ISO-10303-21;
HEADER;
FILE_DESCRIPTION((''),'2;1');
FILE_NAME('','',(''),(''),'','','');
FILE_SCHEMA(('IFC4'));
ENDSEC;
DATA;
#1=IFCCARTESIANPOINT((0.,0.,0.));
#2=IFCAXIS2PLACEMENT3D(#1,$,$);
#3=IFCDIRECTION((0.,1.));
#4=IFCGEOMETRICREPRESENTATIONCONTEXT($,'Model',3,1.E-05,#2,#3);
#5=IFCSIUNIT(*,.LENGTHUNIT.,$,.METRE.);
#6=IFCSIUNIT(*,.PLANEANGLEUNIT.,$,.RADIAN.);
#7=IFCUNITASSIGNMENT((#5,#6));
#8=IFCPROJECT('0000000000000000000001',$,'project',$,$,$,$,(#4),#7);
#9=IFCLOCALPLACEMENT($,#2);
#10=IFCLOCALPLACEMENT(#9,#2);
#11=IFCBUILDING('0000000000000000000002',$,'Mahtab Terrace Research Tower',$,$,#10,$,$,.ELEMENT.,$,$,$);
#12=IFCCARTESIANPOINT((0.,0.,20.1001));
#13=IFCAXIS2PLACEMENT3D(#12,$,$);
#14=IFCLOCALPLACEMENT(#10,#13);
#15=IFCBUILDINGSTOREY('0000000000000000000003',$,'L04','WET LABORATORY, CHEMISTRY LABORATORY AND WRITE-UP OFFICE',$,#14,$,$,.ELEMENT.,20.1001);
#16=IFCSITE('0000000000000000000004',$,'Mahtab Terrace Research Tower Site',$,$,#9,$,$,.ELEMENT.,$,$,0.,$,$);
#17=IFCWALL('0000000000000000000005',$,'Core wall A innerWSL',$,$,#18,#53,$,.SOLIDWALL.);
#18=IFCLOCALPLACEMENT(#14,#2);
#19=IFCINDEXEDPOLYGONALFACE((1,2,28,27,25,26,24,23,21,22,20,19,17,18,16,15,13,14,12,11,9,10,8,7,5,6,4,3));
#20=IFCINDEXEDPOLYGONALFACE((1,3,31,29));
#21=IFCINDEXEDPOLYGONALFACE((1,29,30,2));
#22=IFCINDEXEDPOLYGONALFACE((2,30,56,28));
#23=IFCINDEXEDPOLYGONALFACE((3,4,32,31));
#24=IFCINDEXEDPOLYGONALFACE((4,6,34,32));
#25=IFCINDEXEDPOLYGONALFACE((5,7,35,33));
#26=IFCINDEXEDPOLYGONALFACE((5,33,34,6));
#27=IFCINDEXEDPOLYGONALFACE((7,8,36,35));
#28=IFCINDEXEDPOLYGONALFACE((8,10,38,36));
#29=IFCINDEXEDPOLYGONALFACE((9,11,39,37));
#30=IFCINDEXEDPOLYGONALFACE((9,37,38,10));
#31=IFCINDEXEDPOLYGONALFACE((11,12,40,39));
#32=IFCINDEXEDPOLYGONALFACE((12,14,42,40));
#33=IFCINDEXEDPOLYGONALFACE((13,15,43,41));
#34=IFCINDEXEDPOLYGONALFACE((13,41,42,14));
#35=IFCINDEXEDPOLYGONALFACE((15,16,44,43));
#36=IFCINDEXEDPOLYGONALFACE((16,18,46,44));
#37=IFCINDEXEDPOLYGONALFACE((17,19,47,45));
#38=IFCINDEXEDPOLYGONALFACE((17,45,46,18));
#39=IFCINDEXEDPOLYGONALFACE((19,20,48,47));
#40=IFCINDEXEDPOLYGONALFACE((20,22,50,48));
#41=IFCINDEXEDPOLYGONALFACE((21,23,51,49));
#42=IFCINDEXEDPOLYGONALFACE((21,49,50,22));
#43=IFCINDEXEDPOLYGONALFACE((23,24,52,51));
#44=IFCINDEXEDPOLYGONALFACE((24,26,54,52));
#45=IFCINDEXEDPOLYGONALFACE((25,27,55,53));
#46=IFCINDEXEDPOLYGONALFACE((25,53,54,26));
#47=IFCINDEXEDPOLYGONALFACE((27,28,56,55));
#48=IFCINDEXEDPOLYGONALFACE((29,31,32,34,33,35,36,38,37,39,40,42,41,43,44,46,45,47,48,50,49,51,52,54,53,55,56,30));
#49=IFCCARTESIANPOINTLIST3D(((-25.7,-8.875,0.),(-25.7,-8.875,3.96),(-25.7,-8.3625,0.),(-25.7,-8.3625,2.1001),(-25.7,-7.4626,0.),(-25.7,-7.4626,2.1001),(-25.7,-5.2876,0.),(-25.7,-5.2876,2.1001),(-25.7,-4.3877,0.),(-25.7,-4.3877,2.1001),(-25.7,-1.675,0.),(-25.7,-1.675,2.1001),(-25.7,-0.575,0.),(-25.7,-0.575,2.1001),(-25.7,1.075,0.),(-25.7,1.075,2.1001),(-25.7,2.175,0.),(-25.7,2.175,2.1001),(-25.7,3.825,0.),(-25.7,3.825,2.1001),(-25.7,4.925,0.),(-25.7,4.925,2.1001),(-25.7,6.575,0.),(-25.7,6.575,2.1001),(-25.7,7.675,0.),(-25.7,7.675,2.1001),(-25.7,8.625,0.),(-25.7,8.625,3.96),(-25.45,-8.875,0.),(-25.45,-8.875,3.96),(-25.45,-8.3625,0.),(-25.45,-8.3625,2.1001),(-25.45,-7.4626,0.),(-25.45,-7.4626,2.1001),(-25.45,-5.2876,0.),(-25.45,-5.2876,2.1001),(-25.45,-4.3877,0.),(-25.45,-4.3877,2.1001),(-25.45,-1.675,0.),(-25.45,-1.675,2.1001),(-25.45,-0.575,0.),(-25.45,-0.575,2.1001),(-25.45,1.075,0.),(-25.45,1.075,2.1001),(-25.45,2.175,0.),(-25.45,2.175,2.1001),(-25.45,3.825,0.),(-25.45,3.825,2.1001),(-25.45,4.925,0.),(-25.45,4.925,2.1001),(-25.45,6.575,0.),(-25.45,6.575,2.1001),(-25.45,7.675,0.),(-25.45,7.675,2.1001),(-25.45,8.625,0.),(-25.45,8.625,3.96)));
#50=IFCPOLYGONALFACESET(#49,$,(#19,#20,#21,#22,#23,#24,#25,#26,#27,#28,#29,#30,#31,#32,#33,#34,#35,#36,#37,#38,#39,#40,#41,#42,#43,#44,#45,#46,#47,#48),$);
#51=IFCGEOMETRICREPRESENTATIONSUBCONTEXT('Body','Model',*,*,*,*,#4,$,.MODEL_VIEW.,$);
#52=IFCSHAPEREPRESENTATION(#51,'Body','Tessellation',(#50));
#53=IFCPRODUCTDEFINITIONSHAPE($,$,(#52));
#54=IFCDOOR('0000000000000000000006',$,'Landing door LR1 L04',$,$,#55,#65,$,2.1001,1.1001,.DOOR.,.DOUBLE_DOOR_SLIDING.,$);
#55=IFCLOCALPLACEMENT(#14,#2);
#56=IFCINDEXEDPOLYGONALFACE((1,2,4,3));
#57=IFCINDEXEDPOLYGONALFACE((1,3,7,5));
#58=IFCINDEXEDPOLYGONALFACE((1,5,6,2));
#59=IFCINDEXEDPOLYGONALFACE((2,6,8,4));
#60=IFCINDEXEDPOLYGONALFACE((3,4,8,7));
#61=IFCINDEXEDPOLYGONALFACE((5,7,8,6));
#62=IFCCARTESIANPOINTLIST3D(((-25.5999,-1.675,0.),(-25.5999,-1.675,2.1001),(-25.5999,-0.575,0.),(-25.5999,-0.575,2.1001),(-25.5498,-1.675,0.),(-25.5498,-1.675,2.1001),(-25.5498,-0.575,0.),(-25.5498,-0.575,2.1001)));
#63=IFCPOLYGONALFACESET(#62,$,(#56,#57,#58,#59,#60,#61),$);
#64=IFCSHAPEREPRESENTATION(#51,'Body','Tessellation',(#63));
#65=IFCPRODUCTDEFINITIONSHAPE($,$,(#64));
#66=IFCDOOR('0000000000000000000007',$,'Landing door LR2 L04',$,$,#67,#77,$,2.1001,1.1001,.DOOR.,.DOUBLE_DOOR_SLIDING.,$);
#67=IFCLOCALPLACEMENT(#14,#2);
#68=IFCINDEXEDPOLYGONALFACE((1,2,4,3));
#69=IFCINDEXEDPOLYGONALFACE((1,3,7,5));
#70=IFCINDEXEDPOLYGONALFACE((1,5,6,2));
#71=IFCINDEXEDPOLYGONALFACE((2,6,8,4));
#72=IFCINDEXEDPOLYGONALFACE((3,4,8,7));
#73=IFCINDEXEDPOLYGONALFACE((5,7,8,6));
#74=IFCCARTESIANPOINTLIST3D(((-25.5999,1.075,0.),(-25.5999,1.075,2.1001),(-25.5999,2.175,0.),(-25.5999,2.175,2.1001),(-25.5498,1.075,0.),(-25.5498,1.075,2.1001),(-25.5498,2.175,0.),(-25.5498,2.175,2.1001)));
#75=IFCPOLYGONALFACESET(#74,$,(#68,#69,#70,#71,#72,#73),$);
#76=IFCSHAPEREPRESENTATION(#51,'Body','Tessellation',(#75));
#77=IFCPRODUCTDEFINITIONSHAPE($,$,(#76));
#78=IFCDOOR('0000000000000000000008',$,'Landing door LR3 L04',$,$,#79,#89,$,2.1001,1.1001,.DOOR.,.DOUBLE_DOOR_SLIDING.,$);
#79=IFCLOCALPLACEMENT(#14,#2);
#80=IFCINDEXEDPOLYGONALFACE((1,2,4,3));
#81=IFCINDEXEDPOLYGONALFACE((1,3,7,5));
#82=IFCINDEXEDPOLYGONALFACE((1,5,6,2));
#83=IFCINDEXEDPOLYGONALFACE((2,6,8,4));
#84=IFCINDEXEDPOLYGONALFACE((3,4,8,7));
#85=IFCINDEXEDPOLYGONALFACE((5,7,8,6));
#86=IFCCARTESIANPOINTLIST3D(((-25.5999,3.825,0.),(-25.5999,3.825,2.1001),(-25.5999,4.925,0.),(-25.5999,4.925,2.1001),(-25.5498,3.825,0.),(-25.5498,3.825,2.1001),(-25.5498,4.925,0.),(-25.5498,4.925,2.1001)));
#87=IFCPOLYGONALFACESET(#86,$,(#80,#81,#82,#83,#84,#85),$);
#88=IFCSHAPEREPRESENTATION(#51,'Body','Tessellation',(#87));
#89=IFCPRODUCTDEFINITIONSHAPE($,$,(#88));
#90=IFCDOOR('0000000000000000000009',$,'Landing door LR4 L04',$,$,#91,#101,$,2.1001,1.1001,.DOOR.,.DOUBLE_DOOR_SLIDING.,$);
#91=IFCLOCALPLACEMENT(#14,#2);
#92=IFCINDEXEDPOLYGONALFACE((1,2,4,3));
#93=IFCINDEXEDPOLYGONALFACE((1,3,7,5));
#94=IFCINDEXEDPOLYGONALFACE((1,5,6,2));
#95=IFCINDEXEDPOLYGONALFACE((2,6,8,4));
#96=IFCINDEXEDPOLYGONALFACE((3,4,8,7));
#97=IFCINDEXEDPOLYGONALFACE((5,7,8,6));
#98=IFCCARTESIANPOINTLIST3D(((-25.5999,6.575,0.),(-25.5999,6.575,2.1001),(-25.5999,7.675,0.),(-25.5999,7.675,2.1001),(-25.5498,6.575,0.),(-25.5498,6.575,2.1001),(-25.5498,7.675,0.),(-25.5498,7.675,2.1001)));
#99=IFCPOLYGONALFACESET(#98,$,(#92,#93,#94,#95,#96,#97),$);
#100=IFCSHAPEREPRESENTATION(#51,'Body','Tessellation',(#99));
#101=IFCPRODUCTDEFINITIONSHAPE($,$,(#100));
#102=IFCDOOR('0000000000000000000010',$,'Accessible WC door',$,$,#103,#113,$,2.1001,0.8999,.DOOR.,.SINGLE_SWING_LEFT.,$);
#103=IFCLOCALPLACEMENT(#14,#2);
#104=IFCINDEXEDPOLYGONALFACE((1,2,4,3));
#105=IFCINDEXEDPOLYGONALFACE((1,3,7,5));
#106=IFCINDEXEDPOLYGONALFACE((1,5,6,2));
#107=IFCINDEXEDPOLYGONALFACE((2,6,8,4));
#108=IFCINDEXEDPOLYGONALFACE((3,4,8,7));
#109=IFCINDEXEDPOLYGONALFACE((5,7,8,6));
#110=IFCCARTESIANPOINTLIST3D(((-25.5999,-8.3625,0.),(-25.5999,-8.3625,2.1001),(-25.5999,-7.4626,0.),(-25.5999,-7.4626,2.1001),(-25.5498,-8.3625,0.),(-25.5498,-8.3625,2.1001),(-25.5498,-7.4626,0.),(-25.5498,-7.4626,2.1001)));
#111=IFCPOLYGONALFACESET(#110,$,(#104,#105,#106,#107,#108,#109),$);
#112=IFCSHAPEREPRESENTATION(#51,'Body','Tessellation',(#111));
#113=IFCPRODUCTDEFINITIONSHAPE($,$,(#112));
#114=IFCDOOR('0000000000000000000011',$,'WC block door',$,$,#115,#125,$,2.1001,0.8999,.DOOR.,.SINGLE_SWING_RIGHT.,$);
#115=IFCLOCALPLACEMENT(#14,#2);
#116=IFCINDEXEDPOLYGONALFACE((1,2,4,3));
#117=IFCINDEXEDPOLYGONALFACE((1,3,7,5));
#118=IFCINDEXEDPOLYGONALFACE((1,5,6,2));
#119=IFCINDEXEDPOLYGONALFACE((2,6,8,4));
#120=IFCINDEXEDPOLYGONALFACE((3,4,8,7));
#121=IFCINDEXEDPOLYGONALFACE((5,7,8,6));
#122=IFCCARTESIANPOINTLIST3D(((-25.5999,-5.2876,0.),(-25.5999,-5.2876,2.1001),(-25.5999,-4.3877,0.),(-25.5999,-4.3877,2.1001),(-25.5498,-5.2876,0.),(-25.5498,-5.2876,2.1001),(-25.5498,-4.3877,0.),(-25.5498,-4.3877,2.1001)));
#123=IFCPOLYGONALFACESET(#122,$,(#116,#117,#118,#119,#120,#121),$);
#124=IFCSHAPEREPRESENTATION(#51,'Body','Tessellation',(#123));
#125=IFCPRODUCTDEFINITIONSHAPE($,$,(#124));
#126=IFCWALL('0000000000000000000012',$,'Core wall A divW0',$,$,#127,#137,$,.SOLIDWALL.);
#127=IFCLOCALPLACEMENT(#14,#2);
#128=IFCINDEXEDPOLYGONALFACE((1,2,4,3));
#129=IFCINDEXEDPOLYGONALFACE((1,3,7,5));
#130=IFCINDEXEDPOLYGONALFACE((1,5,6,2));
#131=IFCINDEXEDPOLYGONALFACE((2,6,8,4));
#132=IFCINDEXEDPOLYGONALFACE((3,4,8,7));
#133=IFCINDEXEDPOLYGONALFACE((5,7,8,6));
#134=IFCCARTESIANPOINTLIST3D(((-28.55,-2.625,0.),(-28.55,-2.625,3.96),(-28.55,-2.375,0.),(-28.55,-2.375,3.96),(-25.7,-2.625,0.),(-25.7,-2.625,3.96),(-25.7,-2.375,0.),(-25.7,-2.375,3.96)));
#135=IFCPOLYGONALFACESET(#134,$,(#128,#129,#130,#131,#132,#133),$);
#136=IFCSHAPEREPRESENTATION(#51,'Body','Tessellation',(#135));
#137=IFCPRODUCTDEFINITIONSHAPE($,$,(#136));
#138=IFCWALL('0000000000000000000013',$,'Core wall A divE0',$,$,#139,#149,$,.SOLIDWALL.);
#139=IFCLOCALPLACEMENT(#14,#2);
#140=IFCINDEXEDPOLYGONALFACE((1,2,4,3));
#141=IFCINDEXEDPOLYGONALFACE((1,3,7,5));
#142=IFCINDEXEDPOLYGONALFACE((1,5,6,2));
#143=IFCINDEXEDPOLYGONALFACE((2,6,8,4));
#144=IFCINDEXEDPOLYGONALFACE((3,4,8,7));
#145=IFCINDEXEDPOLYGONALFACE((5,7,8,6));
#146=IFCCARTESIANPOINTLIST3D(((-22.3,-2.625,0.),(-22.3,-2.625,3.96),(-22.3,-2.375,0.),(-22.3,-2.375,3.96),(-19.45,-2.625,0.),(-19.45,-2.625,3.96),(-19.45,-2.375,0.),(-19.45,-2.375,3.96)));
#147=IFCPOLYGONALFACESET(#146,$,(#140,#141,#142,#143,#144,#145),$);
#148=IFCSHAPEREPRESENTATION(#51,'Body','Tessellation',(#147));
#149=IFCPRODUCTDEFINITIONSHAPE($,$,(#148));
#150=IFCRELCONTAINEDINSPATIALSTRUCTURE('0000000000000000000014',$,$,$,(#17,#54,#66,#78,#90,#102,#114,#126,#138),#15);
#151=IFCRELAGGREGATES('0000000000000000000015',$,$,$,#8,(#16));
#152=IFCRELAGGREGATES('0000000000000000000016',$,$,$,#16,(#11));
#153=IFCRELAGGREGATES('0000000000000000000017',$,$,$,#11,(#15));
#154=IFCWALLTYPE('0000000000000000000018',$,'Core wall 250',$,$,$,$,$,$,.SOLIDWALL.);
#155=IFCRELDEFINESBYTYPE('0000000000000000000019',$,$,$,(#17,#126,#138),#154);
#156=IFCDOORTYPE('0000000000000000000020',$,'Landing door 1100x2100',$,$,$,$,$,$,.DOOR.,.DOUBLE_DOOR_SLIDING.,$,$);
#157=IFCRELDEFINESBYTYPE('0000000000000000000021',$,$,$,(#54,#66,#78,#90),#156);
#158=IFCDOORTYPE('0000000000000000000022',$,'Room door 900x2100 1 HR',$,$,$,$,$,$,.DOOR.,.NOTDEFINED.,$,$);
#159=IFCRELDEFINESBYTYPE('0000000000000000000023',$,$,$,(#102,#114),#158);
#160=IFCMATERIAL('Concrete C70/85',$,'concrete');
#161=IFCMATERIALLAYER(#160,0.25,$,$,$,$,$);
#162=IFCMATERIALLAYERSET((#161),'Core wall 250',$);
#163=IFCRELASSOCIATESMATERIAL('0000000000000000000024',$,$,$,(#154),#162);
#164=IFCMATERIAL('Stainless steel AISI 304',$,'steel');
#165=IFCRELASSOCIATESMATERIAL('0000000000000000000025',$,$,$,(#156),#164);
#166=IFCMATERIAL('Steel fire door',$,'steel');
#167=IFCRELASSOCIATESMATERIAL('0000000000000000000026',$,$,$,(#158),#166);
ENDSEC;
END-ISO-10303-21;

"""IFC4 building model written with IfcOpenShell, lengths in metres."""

from ifc_helpers import new_model, si_unit, direction, frame, frame_2d, origin, place, context, subcontext, project, spatial, rectangle, extrude, material, layer, layer_set, type_object, element, fill, save


model = new_model("IFC4")

# Units and contexts
model_context = context("Model", 3, precision=1e-05, world=origin(), true_north=direction((0.0, 1.0)))
body_context = subcontext(model_context, "Body", "Model", "MODEL_VIEW")
ifc_project = project(units=[si_unit("LENGTHUNIT", "METRE"), si_unit("PLANEANGLEUNIT", "RADIAN")], contexts=[model_context])

# Site, building, storey
site_placement = place(None, origin())
site = spatial("IfcSite", under=ifc_project, at=site_placement, Name="Mahtab Terrace Research Tower Site", CompositionType="ELEMENT", RefElevation=0.0)
building_placement = place(site_placement, origin())
building = spatial("IfcBuilding", under=site, at=building_placement, Name="Mahtab Terrace Research Tower", CompositionType="ELEMENT")
storey_placement = place(building_placement, frame((0.0, 0.0, 20.1001)))
storey = spatial("IfcBuildingStorey", under=building, at=storey_placement, Name="L04", Description="WET LABORATORY, CHEMISTRY LABORATORY AND WRITE-UP OFFICE", CompositionType="ELEMENT", Elevation=20.1001)

# Shared definitions
ifc_material_1 = material(Name="Concrete C70/85", Category="concrete")

# Shared definitions
ifc_layer_1 = layer(ifc_material_1, 0.25)
ifc_layer_set_1 = layer_set([ifc_layer_1], Name="Core wall 250")
wall_type_1 = type_object("IfcWallType", Name="Core wall 250", PredefinedType="SOLIDWALL", material=ifc_layer_set_1)
ifc_material_2 = material(Name="Steel fire door", Category="steel")

# Wall, openings, doors
wall_1_placement = place(storey_placement, frame((-25.575, -8.875, 0.0), z_axis=(0.0, 0.0, 1.0), x_axis=(0.0, 1.0, 0.0)))
wall_1 = element("IfcWall", 1, at=wall_1_placement, inside=storey, type_object=wall_type_1, Name="Core wall A innerWSL", PredefinedType="SOLIDWALL", context=body_context, shape_type="SweptSolid", body=[
    extrude(rectangle(XDim=17.5, YDim=0.25, at=frame_2d((8.75, 0.0))), origin(), (0.0, 0.0, 1.0), 3.96),
])
opening_1_placement = place(wall_1_placement, frame((7.2, 0.0, 0.0)))
opening_1 = element("IfcOpeningElement", 2, at=opening_1_placement, cuts=wall_1, PredefinedType="OPENING", context=body_context, shape_type="SweptSolid", body=[
    extrude(rectangle(XDim=1.1001, YDim=2.1001, at=frame_2d((0.55, 1.05))), frame((0.0, 0.135, 0.0), z_axis=(0.0, -1.0, 0.0), x_axis=(1.0, 0.0, 0.0)), (0.0, 0.0, 1.0), 0.27),
])
opening_2_placement = place(wall_1_placement, frame((9.95, 0.0, 0.0)))
opening_2 = element("IfcOpeningElement", 3, at=opening_2_placement, cuts=wall_1, PredefinedType="OPENING", context=body_context, shape_type="SweptSolid", body=[
    extrude(rectangle(XDim=1.1001, YDim=2.1001, at=frame_2d((0.55, 1.05))), frame((0.0, 0.135, 0.0), z_axis=(0.0, -1.0, 0.0), x_axis=(1.0, 0.0, 0.0)), (0.0, 0.0, 1.0), 0.27),
])
opening_3_placement = place(wall_1_placement, frame((12.7, 0.0, 0.0)))
opening_3 = element("IfcOpeningElement", 4, at=opening_3_placement, cuts=wall_1, PredefinedType="OPENING", context=body_context, shape_type="SweptSolid", body=[
    extrude(rectangle(XDim=1.1001, YDim=2.1001, at=frame_2d((0.55, 1.05))), frame((0.0, 0.135, 0.0), z_axis=(0.0, -1.0, 0.0), x_axis=(1.0, 0.0, 0.0)), (0.0, 0.0, 1.0), 0.27),
])
opening_4_placement = place(wall_1_placement, frame((15.45, 0.0, 0.0)))
opening_4 = element("IfcOpeningElement", 5, at=opening_4_placement, cuts=wall_1, PredefinedType="OPENING", context=body_context, shape_type="SweptSolid", body=[
    extrude(rectangle(XDim=1.1001, YDim=2.1001, at=frame_2d((0.55, 1.05))), frame((0.0, 0.135, 0.0), z_axis=(0.0, -1.0, 0.0), x_axis=(1.0, 0.0, 0.0)), (0.0, 0.0, 1.0), 0.27),
])
opening_5_placement = place(wall_1_placement, frame((0.5125, 0.0, 0.0)))
opening_5 = element("IfcOpeningElement", 6, at=opening_5_placement, cuts=wall_1, PredefinedType="OPENING", context=body_context, shape_type="SweptSolid", body=[
    extrude(rectangle(XDim=0.8999, YDim=2.1001, at=frame_2d((0.45, 1.05))), frame((0.0, 0.135, 0.0), z_axis=(0.0, -1.0, 0.0), x_axis=(1.0, 0.0, 0.0)), (0.0, 0.0, 1.0), 0.27),
])
opening_6_placement = place(wall_1_placement, frame((3.5874, 0.0, 0.0)))
opening_6 = element("IfcOpeningElement", 7, at=opening_6_placement, cuts=wall_1, PredefinedType="OPENING", context=body_context, shape_type="SweptSolid", body=[
    extrude(rectangle(XDim=0.8999, YDim=2.1001, at=frame_2d((0.45, 1.05))), frame((0.0, 0.135, 0.0), z_axis=(0.0, -1.0, 0.0), x_axis=(1.0, 0.0, 0.0)), (0.0, 0.0, 1.0), 0.27),
])
ifc_material_3 = material(Name="Stainless steel AISI 304", Category="steel")
door_type_1 = type_object("IfcDoorType", Name="Landing door 1100x2100", OperationType="DOUBLE_DOOR_SLIDING", PredefinedType="DOOR", material=ifc_material_3)
door_1_placement = place(opening_1_placement, origin())
door_1 = element("IfcDoor", 8, at=door_1_placement, inside=storey, type_object=door_type_1, Name="Landing door LR1 L04", OperationType="DOUBLE_DOOR_SLIDING", OverallHeight=2.1001, OverallWidth=1.1001, PredefinedType="DOOR", context=body_context, shape_type="SweptSolid", body=[
    extrude(rectangle(XDim=1.1001, YDim=2.1001, at=frame_2d((0.55, 1.05))), frame((0.0, 0.0249, 0.0), z_axis=(0.0, -1.0, 0.0), x_axis=(1.0, 0.0, 0.0)), (0.0, 0.0, 1.0), 0.05),
])
fill(opening_1, door_1)
door_2_placement = place(opening_2_placement, origin())
door_2 = element("IfcDoor", 9, at=door_2_placement, inside=storey, type_object=door_type_1, Name="Landing door LR2 L04", OperationType="DOUBLE_DOOR_SLIDING", OverallHeight=2.1001, OverallWidth=1.1001, PredefinedType="DOOR", context=body_context, shape_type="SweptSolid", body=[
    extrude(rectangle(XDim=1.1001, YDim=2.1001, at=frame_2d((0.55, 1.05))), frame((0.0, 0.0249, 0.0), z_axis=(0.0, -1.0, 0.0), x_axis=(1.0, 0.0, 0.0)), (0.0, 0.0, 1.0), 0.05),
])
fill(opening_2, door_2)
door_3_placement = place(opening_3_placement, origin())
door_3 = element("IfcDoor", 10, at=door_3_placement, inside=storey, type_object=door_type_1, Name="Landing door LR3 L04", OperationType="DOUBLE_DOOR_SLIDING", OverallHeight=2.1001, OverallWidth=1.1001, PredefinedType="DOOR", context=body_context, shape_type="SweptSolid", body=[
    extrude(rectangle(XDim=1.1001, YDim=2.1001, at=frame_2d((0.55, 1.05))), frame((0.0, 0.0249, 0.0), z_axis=(0.0, -1.0, 0.0), x_axis=(1.0, 0.0, 0.0)), (0.0, 0.0, 1.0), 0.05),
])
fill(opening_3, door_3)
door_4_placement = place(opening_4_placement, origin())
door_4 = element("IfcDoor", 11, at=door_4_placement, inside=storey, type_object=door_type_1, Name="Landing door LR4 L04", OperationType="DOUBLE_DOOR_SLIDING", OverallHeight=2.1001, OverallWidth=1.1001, PredefinedType="DOOR", context=body_context, shape_type="SweptSolid", body=[
    extrude(rectangle(XDim=1.1001, YDim=2.1001, at=frame_2d((0.55, 1.05))), frame((0.0, 0.0249, 0.0), z_axis=(0.0, -1.0, 0.0), x_axis=(1.0, 0.0, 0.0)), (0.0, 0.0, 1.0), 0.05),
])
fill(opening_4, door_4)
door_type_2 = type_object("IfcDoorType", Name="Room door 900x2100 1 HR", OperationType="NOTDEFINED", PredefinedType="DOOR", material=ifc_material_2)
door_5_placement = place(opening_5_placement, origin())
door_5 = element("IfcDoor", 12, at=door_5_placement, inside=storey, type_object=door_type_2, Name="Accessible WC door", OperationType="SINGLE_SWING_LEFT", OverallHeight=2.1001, OverallWidth=0.8999, PredefinedType="DOOR", context=body_context, shape_type="SweptSolid", body=[
    extrude(rectangle(XDim=0.8999, YDim=2.1001, at=frame_2d((0.45, 1.05))), frame((0.0, 0.0249, 0.0), z_axis=(0.0, -1.0, 0.0), x_axis=(1.0, 0.0, 0.0)), (0.0, 0.0, 1.0), 0.05),
])
fill(opening_5, door_5)
door_6_placement = place(opening_6_placement, origin())
door_6 = element("IfcDoor", 13, at=door_6_placement, inside=storey, type_object=door_type_2, Name="WC block door", OperationType="SINGLE_SWING_RIGHT", OverallHeight=2.1001, OverallWidth=0.8999, PredefinedType="DOOR", context=body_context, shape_type="SweptSolid", body=[
    extrude(rectangle(XDim=0.8999, YDim=2.1001, at=frame_2d((0.45, 1.05))), frame((0.0, 0.0249, 0.0), z_axis=(0.0, -1.0, 0.0), x_axis=(1.0, 0.0, 0.0)), (0.0, 0.0, 1.0), 0.05),
])
fill(opening_6, door_6)

# Walls
for number, where, z_axis, x_axis, name in (
    (14, (-28.55, -2.5, 0.0), (0.0, 0.0, 1.0), (1.0, 0.0, 0.0), "Core wall A divW0"),
    (15, (-22.3, -2.5, 0.0), (0.0, 0.0, 1.0), (1.0, 0.0, 0.0), "Core wall A divE0"),
):
    element("IfcWall", number, at=place(storey_placement, frame(where, z_axis=z_axis, x_axis=x_axis)), inside=storey, type_object=wall_type_1, Name=name, PredefinedType="SOLIDWALL", context=body_context, shape_type="SweptSolid", body=[
        extrude(rectangle(XDim=2.8501, YDim=0.25, at=frame_2d((1.425, 0.0))), origin(), (0.0, 0.0, 1.0), 3.96),
    ])

save(model, "model.ifc")
